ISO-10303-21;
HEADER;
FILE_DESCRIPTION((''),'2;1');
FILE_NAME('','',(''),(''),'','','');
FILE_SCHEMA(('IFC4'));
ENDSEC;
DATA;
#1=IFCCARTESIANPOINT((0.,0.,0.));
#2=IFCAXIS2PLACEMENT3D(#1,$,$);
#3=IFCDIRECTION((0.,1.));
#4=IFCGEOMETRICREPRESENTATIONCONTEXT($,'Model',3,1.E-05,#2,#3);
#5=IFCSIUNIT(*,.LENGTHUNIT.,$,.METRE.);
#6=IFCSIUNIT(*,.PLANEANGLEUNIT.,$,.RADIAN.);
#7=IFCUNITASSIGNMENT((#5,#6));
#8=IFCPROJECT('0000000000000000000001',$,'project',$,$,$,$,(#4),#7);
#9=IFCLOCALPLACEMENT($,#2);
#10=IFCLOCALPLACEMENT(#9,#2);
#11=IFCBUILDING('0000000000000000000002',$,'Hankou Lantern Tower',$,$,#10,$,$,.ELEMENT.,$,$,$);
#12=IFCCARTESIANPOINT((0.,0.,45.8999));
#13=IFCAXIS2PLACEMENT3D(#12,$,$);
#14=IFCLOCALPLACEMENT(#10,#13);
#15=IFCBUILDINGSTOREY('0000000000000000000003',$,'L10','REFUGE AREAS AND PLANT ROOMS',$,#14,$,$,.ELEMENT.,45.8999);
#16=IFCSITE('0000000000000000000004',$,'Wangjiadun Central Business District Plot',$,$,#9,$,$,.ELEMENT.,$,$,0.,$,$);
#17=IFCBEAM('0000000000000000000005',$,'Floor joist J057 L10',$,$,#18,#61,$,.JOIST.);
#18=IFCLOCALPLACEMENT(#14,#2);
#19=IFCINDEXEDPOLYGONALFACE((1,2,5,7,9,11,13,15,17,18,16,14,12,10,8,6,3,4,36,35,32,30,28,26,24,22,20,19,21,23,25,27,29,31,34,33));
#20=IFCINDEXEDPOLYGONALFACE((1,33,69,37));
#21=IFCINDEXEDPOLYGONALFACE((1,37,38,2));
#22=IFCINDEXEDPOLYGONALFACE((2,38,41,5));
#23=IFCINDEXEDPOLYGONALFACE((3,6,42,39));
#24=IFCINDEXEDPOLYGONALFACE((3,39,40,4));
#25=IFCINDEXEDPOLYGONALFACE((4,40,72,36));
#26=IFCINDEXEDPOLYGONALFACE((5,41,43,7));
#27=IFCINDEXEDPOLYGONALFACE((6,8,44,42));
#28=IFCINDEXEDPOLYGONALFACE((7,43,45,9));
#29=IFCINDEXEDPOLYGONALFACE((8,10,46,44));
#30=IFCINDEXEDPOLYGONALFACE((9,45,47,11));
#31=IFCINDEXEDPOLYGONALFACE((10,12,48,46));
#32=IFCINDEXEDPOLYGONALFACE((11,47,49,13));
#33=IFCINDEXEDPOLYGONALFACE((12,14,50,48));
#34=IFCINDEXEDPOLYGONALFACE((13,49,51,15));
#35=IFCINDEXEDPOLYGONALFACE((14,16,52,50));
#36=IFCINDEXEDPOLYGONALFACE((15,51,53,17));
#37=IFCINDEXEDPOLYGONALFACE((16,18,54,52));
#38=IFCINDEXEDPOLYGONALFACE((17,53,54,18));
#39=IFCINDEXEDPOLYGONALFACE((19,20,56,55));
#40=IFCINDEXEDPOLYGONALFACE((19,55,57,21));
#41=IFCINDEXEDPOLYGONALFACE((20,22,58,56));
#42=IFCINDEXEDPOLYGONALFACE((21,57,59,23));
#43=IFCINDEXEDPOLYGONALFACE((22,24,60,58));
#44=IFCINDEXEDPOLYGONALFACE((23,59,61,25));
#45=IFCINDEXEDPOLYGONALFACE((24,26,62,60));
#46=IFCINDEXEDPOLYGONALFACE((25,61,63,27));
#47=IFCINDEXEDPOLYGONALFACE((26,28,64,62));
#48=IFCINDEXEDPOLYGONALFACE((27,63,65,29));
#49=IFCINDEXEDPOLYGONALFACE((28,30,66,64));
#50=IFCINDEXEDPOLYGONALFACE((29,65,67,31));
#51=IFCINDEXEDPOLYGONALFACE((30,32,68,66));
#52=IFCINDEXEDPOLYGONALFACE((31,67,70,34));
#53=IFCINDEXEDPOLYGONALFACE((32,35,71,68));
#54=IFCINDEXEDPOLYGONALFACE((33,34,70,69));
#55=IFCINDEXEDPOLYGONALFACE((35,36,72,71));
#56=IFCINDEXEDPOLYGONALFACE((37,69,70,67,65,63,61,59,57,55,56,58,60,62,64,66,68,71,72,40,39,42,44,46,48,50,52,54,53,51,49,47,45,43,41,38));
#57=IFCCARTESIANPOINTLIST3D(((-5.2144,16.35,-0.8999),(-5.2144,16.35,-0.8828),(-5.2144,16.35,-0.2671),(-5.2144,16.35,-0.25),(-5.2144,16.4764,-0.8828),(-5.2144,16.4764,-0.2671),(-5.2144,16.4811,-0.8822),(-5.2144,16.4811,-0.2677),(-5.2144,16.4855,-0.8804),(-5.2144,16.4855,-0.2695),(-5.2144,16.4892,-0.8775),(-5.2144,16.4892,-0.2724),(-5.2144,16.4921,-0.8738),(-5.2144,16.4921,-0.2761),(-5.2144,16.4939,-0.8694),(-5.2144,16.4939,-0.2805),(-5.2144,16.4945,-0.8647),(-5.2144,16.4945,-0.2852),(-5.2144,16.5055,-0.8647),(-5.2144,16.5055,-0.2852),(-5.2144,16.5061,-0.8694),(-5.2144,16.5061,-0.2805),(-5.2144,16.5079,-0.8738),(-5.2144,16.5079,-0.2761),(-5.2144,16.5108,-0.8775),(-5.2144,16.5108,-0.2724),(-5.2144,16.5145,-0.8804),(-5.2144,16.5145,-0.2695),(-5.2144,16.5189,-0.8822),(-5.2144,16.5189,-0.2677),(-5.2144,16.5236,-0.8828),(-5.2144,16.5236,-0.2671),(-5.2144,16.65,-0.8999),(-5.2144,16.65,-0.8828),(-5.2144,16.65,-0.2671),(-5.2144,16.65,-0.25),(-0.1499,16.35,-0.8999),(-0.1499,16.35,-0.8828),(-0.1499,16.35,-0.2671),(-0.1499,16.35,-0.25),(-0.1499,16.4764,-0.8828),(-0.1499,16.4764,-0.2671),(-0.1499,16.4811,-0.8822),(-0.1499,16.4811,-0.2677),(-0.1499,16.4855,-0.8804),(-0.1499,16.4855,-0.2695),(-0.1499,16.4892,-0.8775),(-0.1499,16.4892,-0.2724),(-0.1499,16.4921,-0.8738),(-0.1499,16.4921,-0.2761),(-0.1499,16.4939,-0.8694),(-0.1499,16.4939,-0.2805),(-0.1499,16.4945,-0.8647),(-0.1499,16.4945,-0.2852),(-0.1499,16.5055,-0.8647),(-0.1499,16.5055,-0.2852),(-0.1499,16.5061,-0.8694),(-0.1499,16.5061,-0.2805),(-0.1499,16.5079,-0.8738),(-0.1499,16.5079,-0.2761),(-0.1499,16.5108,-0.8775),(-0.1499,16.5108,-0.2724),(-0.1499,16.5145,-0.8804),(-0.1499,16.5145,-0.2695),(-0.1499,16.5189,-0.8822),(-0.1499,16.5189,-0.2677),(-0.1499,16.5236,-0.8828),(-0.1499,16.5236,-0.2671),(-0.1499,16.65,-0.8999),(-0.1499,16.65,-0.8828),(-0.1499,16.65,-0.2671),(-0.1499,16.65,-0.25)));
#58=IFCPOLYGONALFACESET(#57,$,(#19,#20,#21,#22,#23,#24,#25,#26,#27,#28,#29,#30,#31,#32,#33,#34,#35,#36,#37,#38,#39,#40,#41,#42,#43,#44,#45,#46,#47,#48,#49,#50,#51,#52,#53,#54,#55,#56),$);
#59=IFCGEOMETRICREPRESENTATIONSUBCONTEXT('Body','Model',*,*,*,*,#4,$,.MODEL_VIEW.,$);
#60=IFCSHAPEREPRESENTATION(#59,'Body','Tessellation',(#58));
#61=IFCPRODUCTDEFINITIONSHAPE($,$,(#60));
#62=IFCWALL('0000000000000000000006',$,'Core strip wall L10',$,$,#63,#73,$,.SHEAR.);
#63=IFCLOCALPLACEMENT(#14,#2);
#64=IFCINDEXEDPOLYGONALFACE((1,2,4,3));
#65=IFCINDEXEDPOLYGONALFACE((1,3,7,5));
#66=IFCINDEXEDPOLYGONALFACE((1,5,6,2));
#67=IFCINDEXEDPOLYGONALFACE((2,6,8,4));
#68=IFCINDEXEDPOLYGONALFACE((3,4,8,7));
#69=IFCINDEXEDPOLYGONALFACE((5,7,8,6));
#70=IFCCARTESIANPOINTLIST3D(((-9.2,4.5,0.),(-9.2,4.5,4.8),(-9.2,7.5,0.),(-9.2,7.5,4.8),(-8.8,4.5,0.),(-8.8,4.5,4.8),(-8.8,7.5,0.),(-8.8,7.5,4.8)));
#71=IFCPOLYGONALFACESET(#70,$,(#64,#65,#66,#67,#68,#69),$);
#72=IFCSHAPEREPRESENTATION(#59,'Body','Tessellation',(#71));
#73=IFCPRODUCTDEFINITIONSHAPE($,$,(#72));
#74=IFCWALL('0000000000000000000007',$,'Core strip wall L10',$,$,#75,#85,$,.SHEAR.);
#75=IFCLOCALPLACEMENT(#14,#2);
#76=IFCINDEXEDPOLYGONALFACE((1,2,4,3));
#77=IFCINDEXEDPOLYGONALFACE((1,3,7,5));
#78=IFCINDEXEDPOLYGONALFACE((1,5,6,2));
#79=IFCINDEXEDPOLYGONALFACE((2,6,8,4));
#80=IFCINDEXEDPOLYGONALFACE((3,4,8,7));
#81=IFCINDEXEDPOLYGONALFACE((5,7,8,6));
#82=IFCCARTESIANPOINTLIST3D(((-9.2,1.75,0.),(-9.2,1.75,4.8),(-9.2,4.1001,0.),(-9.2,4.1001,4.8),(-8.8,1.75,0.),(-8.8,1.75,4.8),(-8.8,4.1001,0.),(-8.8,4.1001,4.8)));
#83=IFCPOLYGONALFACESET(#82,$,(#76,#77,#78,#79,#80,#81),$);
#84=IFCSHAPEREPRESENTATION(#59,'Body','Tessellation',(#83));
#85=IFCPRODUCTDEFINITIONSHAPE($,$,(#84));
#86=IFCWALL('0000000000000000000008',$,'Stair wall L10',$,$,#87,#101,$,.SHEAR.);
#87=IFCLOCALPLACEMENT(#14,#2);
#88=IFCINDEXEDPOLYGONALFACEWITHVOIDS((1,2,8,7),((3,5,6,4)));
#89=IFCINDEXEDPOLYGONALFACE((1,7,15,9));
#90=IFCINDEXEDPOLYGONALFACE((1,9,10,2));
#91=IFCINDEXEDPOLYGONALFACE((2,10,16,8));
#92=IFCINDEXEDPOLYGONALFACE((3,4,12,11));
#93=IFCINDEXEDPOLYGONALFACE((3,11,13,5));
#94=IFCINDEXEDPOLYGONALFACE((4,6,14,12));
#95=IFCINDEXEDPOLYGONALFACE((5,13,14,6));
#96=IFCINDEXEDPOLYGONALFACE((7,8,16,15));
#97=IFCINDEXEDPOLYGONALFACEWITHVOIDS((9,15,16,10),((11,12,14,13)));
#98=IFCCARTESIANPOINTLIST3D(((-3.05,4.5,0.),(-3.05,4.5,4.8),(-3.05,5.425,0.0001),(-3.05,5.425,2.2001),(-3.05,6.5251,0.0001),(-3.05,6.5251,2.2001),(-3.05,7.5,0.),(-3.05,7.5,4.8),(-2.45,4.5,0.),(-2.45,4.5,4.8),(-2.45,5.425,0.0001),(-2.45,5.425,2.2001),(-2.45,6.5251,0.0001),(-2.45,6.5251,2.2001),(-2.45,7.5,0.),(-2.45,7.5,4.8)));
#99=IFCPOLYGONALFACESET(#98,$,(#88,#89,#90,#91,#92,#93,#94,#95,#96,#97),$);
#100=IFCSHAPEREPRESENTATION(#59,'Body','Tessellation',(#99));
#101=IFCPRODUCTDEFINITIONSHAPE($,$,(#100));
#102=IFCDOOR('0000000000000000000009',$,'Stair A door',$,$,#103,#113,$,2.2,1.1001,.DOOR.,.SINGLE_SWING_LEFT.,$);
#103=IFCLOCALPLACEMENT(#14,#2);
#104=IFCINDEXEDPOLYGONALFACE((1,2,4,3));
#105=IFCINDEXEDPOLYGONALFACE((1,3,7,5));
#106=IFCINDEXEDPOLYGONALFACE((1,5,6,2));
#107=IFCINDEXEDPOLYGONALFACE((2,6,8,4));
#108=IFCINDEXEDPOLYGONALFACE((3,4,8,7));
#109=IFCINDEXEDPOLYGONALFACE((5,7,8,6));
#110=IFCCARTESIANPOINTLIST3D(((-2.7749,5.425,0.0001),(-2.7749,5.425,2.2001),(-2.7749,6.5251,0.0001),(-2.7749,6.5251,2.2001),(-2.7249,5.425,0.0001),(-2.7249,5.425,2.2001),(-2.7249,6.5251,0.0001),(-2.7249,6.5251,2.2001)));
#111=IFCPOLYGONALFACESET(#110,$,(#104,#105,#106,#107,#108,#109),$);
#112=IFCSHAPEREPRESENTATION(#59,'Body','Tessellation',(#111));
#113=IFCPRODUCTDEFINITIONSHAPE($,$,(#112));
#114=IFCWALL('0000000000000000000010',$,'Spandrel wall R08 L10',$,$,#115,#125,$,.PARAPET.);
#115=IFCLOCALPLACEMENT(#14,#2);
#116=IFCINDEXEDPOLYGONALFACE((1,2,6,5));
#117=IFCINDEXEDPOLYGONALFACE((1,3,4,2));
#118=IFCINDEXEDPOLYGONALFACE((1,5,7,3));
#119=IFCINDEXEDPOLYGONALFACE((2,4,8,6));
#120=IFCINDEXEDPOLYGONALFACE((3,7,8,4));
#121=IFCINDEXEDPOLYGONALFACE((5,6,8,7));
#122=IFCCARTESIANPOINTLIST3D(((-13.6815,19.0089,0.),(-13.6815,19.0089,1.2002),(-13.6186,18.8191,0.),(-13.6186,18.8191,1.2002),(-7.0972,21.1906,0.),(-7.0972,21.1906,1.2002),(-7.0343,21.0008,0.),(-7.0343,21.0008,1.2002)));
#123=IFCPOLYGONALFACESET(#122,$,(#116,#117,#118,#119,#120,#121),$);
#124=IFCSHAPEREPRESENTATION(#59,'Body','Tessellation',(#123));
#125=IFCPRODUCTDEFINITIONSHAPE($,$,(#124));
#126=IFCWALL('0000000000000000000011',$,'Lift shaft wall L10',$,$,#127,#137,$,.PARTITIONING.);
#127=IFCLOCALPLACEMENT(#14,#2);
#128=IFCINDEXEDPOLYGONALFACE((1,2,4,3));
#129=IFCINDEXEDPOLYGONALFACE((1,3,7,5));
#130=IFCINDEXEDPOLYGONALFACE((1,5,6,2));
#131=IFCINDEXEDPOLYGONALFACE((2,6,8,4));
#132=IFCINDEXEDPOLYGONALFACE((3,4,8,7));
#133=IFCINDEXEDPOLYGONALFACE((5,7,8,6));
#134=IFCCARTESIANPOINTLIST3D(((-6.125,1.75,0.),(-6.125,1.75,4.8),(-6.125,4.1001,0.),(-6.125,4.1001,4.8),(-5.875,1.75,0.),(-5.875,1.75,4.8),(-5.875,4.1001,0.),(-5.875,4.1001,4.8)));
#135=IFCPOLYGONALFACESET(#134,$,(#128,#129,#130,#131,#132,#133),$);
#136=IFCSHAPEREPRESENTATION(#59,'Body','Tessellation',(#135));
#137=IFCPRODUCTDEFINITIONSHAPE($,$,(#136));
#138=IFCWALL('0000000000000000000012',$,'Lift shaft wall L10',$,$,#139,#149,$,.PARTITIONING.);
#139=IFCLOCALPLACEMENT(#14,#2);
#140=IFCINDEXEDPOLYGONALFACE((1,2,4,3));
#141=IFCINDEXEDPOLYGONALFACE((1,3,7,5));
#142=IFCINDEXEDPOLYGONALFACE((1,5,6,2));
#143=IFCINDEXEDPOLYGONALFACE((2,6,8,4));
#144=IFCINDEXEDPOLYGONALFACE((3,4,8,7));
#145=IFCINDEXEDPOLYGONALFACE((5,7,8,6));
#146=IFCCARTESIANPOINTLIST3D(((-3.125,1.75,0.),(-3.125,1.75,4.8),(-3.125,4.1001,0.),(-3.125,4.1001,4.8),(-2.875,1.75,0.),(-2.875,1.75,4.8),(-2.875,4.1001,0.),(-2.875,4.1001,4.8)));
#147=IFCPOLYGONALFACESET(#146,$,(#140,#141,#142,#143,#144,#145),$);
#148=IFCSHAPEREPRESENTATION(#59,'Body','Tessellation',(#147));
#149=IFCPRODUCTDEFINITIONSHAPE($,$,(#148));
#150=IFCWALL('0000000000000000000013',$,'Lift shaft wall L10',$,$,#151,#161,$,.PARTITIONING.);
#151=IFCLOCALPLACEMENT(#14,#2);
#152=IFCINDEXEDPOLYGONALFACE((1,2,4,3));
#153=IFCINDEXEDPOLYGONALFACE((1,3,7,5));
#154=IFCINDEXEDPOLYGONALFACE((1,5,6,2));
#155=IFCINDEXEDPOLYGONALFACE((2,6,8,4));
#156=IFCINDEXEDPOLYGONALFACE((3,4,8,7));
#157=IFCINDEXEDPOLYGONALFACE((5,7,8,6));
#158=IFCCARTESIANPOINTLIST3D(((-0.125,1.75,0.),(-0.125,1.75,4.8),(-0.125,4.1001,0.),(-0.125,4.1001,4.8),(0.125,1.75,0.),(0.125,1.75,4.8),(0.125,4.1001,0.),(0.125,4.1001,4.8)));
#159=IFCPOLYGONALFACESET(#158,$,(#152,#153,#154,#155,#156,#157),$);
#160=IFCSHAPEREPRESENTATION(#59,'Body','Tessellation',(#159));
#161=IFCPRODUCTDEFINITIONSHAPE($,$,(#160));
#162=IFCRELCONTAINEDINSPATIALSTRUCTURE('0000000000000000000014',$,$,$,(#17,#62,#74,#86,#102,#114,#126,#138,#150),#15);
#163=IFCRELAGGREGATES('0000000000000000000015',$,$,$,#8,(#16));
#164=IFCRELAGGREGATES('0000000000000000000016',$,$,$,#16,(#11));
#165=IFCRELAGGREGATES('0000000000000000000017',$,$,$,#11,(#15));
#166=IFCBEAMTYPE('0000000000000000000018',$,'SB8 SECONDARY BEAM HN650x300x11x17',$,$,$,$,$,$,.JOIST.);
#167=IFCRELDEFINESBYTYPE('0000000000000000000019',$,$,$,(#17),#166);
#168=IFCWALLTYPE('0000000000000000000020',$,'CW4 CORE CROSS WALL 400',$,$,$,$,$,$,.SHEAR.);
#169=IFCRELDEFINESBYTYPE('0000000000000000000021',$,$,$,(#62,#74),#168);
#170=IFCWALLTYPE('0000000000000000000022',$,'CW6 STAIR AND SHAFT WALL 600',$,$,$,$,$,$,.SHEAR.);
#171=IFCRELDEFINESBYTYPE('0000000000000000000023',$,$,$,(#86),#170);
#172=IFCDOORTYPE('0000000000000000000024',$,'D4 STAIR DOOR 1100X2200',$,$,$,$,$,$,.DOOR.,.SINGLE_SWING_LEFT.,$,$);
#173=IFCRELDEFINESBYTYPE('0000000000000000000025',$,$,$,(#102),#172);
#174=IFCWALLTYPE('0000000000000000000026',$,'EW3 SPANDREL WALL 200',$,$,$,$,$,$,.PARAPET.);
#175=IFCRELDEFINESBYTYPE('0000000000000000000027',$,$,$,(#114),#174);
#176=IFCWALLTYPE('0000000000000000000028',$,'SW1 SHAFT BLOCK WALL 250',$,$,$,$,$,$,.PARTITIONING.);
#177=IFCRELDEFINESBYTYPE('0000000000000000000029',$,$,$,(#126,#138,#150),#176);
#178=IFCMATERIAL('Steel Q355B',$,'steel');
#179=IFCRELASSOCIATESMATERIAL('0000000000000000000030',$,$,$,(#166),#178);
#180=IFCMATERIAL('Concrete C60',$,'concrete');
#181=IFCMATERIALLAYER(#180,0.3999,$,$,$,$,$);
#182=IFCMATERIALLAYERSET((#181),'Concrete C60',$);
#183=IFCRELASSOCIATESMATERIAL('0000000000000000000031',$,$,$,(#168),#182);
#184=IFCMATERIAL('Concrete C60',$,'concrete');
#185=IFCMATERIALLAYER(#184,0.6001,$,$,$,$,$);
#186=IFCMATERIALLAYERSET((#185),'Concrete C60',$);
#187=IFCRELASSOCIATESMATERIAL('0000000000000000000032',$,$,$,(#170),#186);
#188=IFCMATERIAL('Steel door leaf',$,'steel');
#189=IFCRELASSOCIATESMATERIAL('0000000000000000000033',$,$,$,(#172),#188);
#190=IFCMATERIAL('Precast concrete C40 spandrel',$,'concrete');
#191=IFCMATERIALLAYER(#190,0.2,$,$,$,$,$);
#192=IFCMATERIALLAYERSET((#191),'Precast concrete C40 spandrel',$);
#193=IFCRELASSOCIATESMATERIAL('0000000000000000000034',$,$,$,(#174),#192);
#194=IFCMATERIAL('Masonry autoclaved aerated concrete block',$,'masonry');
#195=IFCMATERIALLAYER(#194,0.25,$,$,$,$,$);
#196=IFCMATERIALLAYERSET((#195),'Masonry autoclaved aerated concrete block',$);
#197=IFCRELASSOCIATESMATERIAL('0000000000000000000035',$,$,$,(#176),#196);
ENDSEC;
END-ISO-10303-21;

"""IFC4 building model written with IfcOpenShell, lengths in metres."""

from ifc_helpers import new_model, si_unit, direction, frame, frame_2d, origin, origin_2d, place, context, subcontext, project, spatial, rectangle, i_section, extrude, material, layer, layer_set, material_profile, profile_set, type_object, element, fill, save


model = new_model("IFC4")

# Units and contexts
model_context = context("Model", 3, precision=1e-05, world=origin(), true_north=direction((0.0, 1.0)))
body_context = subcontext(model_context, "Body", "Model", "MODEL_VIEW")
ifc_project = project(units=[si_unit("LENGTHUNIT", "METRE"), si_unit("PLANEANGLEUNIT", "RADIAN")], contexts=[model_context])

# Site, building, storey
site_placement = place(None, origin())
site = spatial("IfcSite", under=ifc_project, at=site_placement, Name="Wangjiadun Central Business District Plot", CompositionType="ELEMENT", RefElevation=0.0)
building_placement = place(site_placement, origin())
building = spatial("IfcBuilding", under=site, at=building_placement, Name="Hankou Lantern Tower", CompositionType="ELEMENT")
storey_placement = place(building_placement, frame((0.0, 0.0, 45.8999)))
storey = spatial("IfcBuildingStorey", under=building, at=storey_placement, Name="L10", Description="REFUGE AREAS AND PLANT ROOMS", CompositionType="ELEMENT", Elevation=45.8999)

# Beam
ifc_material_1 = material(Name="Steel Q355B", Category="steel")
ifc_material_profile_1 = material_profile(ifc_material_1, i_section(OverallWidth=0.3, OverallDepth=0.6499, WebThickness=0.011, FlangeThickness=0.0171, FilletRadius=0.0181, at=origin_2d()), Name="HN650x300x11x17")
ifc_profile_set_1 = profile_set([ifc_material_profile_1], Name="Steel Q355B")
beam_type_1 = type_object("IfcBeamType", Name="SB8 SECONDARY BEAM HN650x300x11x17", PredefinedType="JOIST", material=ifc_profile_set_1)
beam_1_placement = place(storey_placement, frame((-5.2144, 16.5, -0.575), z_axis=(1.0, 0.0, 0.0), x_axis=(0.0, 1.0, 0.0)))
element("IfcBeam", 1, at=beam_1_placement, inside=storey, type_object=beam_type_1, Name="Floor joist J057 L10", PredefinedType="JOIST", context=body_context, shape_type="SweptSolid", body=[
    extrude(i_section(OverallWidth=0.3, OverallDepth=0.6499, WebThickness=0.011, FlangeThickness=0.0171, FilletRadius=0.0181, at=origin_2d()), origin(), (0.0, 0.0, 1.0), 5.0645),
])

# Walls
ifc_material_2 = material(Name="Concrete C60", Category="concrete")
ifc_layer_1 = layer(ifc_material_2, 0.3999)
ifc_layer_set_1 = layer_set([ifc_layer_1], Name="Concrete C60")
wall_type_1 = type_object("IfcWallType", Name="CW4 CORE CROSS WALL 400", PredefinedType="SHEAR", material=ifc_layer_set_1)
wall_1_placement = place(storey_placement, frame((-9.0, 4.5, 0.0), z_axis=(0.0, 0.0, 1.0), x_axis=(0.0, 1.0, 0.0)))
element("IfcWall", 2, at=wall_1_placement, inside=storey, type_object=wall_type_1, Name="Core strip wall L10", PredefinedType="SHEAR", context=body_context, shape_type="SweptSolid", body=[
    extrude(rectangle(XDim=3.0, YDim=0.3999, at=frame_2d((1.5, 0.0))), origin(), (0.0, 0.0, 1.0), 4.8),
])
wall_2_placement = place(storey_placement, frame((-9.0, 1.75, 0.0), z_axis=(0.0, 0.0, 1.0), x_axis=(0.0, 1.0, 0.0)))
element("IfcWall", 3, at=wall_2_placement, inside=storey, type_object=wall_type_1, Name="Core strip wall L10", PredefinedType="SHEAR", context=body_context, shape_type="SweptSolid", body=[
    extrude(rectangle(XDim=2.3501, YDim=0.3999, at=frame_2d((1.175, 0.0))), origin(), (0.0, 0.0, 1.0), 4.8),
])

# Wall, opening, door
ifc_material_3 = material(Name="Concrete C60", Category="concrete")
ifc_layer_2 = layer(ifc_material_3, 0.6001)
ifc_layer_set_2 = layer_set([ifc_layer_2], Name="Concrete C60")
wall_type_2 = type_object("IfcWallType", Name="CW6 STAIR AND SHAFT WALL 600", PredefinedType="SHEAR", material=ifc_layer_set_2)
wall_3_placement = place(storey_placement, frame((-2.75, 4.5, 0.0), z_axis=(0.0, 0.0, 1.0), x_axis=(0.0, 1.0, 0.0)))
wall_3 = element("IfcWall", 4, at=wall_3_placement, inside=storey, type_object=wall_type_2, Name="Stair wall L10", PredefinedType="SHEAR", context=body_context, shape_type="SweptSolid", body=[
    extrude(rectangle(XDim=3.0, YDim=0.6001, at=frame_2d((1.5, 0.0))), origin(), (0.0, 0.0, 1.0), 4.8),
])
opening_placement = place(wall_3_placement, frame((0.925, 0.0, 0.0)))
opening = element("IfcOpeningElement", 5, at=opening_placement, cuts=wall_3, PredefinedType="OPENING", context=body_context, shape_type="SweptSolid", body=[
    extrude(rectangle(XDim=1.1001, YDim=2.2, at=frame_2d((0.55, 1.1001))), frame((0.0, 0.3101, 0.0), z_axis=(0.0, -1.0, 0.0), x_axis=(1.0, 0.0, 0.0)), (0.0, 0.0, 1.0), 0.6201),
])
ifc_material_4 = material(Name="Steel door leaf", Category="steel")
door_type = type_object("IfcDoorType", Name="D4 STAIR DOOR 1100X2200", OperationType="SINGLE_SWING_LEFT", PredefinedType="DOOR", material=ifc_material_4)
door_placement = place(opening_placement, origin())
door = element("IfcDoor", 6, at=door_placement, inside=storey, type_object=door_type, Name="Stair A door", OperationType="SINGLE_SWING_LEFT", OverallHeight=2.2, OverallWidth=1.1001, PredefinedType="DOOR", context=body_context, shape_type="SweptSolid", body=[
    extrude(rectangle(XDim=1.1001, YDim=2.2, at=frame_2d((0.55, 1.1001))), frame((0.0, 0.0249, 0.0), z_axis=(0.0, -1.0, 0.0), x_axis=(1.0, 0.0, 0.0)), (0.0, 0.0, 1.0), 0.05),
])
fill(opening, door)

# Walls
ifc_material_5 = material(Name="Precast concrete C40 spandrel", Category="concrete")
ifc_layer_3 = layer(ifc_material_5, 0.2)
ifc_layer_set_3 = layer_set([ifc_layer_3], Name="Precast concrete C40 spandrel")
wall_type_3 = type_object("IfcWallType", Name="EW3 SPANDREL WALL 200", PredefinedType="PARAPET", material=ifc_layer_set_3)
wall_4_placement = place(storey_placement, frame((-7.0657, 21.0957, 0.0), z_axis=(0.0, 0.0, 1.0), x_axis=(-0.949248, -0.314527, 0.0)))
element("IfcWall", 7, at=wall_4_placement, inside=storey, type_object=wall_type_3, Name="Spandrel wall R08 L10", PredefinedType="PARAPET", context=body_context, shape_type="SweptSolid", body=[
    extrude(rectangle(XDim=6.9363, YDim=0.2, at=frame_2d((3.4683, 0.0))), origin(), (0.0, 0.0, 1.0), 1.2002),
])
ifc_material_6 = material(Name="Masonry autoclaved aerated concrete block", Category="masonry")
ifc_layer_4 = layer(ifc_material_6, 0.25)
ifc_layer_set_4 = layer_set([ifc_layer_4], Name="Masonry autoclaved aerated concrete block")
wall_type_4 = type_object("IfcWallType", Name="SW1 SHAFT BLOCK WALL 250", PredefinedType="PARTITIONING", material=ifc_layer_set_4)
for number, where, z_axis, x_axis, name in (
    (8, (-6.0, 1.75, 0.0), (0.0, 0.0, 1.0), (0.0, 1.0, 0.0), "Lift shaft wall L10"),
    (9, (-3.0, 1.75, 0.0), (0.0, 0.0, 1.0), (0.0, 1.0, 0.0), "Lift shaft wall L10"),
    (10, (0.0, 1.75, 0.0), (0.0, 0.0, 1.0), (0.0, 1.0, 0.0), "Lift shaft wall L10"),
):
    element("IfcWall", number, at=place(storey_placement, frame(where, z_axis=z_axis, x_axis=x_axis)), inside=storey, type_object=wall_type_4, Name=name, PredefinedType="PARTITIONING", context=body_context, shape_type="SweptSolid", body=[
        extrude(rectangle(XDim=2.3501, YDim=0.25, at=frame_2d((1.175, 0.0))), origin(), (0.0, 0.0, 1.0), 4.8),
    ])

save(model, "model.ifc")
